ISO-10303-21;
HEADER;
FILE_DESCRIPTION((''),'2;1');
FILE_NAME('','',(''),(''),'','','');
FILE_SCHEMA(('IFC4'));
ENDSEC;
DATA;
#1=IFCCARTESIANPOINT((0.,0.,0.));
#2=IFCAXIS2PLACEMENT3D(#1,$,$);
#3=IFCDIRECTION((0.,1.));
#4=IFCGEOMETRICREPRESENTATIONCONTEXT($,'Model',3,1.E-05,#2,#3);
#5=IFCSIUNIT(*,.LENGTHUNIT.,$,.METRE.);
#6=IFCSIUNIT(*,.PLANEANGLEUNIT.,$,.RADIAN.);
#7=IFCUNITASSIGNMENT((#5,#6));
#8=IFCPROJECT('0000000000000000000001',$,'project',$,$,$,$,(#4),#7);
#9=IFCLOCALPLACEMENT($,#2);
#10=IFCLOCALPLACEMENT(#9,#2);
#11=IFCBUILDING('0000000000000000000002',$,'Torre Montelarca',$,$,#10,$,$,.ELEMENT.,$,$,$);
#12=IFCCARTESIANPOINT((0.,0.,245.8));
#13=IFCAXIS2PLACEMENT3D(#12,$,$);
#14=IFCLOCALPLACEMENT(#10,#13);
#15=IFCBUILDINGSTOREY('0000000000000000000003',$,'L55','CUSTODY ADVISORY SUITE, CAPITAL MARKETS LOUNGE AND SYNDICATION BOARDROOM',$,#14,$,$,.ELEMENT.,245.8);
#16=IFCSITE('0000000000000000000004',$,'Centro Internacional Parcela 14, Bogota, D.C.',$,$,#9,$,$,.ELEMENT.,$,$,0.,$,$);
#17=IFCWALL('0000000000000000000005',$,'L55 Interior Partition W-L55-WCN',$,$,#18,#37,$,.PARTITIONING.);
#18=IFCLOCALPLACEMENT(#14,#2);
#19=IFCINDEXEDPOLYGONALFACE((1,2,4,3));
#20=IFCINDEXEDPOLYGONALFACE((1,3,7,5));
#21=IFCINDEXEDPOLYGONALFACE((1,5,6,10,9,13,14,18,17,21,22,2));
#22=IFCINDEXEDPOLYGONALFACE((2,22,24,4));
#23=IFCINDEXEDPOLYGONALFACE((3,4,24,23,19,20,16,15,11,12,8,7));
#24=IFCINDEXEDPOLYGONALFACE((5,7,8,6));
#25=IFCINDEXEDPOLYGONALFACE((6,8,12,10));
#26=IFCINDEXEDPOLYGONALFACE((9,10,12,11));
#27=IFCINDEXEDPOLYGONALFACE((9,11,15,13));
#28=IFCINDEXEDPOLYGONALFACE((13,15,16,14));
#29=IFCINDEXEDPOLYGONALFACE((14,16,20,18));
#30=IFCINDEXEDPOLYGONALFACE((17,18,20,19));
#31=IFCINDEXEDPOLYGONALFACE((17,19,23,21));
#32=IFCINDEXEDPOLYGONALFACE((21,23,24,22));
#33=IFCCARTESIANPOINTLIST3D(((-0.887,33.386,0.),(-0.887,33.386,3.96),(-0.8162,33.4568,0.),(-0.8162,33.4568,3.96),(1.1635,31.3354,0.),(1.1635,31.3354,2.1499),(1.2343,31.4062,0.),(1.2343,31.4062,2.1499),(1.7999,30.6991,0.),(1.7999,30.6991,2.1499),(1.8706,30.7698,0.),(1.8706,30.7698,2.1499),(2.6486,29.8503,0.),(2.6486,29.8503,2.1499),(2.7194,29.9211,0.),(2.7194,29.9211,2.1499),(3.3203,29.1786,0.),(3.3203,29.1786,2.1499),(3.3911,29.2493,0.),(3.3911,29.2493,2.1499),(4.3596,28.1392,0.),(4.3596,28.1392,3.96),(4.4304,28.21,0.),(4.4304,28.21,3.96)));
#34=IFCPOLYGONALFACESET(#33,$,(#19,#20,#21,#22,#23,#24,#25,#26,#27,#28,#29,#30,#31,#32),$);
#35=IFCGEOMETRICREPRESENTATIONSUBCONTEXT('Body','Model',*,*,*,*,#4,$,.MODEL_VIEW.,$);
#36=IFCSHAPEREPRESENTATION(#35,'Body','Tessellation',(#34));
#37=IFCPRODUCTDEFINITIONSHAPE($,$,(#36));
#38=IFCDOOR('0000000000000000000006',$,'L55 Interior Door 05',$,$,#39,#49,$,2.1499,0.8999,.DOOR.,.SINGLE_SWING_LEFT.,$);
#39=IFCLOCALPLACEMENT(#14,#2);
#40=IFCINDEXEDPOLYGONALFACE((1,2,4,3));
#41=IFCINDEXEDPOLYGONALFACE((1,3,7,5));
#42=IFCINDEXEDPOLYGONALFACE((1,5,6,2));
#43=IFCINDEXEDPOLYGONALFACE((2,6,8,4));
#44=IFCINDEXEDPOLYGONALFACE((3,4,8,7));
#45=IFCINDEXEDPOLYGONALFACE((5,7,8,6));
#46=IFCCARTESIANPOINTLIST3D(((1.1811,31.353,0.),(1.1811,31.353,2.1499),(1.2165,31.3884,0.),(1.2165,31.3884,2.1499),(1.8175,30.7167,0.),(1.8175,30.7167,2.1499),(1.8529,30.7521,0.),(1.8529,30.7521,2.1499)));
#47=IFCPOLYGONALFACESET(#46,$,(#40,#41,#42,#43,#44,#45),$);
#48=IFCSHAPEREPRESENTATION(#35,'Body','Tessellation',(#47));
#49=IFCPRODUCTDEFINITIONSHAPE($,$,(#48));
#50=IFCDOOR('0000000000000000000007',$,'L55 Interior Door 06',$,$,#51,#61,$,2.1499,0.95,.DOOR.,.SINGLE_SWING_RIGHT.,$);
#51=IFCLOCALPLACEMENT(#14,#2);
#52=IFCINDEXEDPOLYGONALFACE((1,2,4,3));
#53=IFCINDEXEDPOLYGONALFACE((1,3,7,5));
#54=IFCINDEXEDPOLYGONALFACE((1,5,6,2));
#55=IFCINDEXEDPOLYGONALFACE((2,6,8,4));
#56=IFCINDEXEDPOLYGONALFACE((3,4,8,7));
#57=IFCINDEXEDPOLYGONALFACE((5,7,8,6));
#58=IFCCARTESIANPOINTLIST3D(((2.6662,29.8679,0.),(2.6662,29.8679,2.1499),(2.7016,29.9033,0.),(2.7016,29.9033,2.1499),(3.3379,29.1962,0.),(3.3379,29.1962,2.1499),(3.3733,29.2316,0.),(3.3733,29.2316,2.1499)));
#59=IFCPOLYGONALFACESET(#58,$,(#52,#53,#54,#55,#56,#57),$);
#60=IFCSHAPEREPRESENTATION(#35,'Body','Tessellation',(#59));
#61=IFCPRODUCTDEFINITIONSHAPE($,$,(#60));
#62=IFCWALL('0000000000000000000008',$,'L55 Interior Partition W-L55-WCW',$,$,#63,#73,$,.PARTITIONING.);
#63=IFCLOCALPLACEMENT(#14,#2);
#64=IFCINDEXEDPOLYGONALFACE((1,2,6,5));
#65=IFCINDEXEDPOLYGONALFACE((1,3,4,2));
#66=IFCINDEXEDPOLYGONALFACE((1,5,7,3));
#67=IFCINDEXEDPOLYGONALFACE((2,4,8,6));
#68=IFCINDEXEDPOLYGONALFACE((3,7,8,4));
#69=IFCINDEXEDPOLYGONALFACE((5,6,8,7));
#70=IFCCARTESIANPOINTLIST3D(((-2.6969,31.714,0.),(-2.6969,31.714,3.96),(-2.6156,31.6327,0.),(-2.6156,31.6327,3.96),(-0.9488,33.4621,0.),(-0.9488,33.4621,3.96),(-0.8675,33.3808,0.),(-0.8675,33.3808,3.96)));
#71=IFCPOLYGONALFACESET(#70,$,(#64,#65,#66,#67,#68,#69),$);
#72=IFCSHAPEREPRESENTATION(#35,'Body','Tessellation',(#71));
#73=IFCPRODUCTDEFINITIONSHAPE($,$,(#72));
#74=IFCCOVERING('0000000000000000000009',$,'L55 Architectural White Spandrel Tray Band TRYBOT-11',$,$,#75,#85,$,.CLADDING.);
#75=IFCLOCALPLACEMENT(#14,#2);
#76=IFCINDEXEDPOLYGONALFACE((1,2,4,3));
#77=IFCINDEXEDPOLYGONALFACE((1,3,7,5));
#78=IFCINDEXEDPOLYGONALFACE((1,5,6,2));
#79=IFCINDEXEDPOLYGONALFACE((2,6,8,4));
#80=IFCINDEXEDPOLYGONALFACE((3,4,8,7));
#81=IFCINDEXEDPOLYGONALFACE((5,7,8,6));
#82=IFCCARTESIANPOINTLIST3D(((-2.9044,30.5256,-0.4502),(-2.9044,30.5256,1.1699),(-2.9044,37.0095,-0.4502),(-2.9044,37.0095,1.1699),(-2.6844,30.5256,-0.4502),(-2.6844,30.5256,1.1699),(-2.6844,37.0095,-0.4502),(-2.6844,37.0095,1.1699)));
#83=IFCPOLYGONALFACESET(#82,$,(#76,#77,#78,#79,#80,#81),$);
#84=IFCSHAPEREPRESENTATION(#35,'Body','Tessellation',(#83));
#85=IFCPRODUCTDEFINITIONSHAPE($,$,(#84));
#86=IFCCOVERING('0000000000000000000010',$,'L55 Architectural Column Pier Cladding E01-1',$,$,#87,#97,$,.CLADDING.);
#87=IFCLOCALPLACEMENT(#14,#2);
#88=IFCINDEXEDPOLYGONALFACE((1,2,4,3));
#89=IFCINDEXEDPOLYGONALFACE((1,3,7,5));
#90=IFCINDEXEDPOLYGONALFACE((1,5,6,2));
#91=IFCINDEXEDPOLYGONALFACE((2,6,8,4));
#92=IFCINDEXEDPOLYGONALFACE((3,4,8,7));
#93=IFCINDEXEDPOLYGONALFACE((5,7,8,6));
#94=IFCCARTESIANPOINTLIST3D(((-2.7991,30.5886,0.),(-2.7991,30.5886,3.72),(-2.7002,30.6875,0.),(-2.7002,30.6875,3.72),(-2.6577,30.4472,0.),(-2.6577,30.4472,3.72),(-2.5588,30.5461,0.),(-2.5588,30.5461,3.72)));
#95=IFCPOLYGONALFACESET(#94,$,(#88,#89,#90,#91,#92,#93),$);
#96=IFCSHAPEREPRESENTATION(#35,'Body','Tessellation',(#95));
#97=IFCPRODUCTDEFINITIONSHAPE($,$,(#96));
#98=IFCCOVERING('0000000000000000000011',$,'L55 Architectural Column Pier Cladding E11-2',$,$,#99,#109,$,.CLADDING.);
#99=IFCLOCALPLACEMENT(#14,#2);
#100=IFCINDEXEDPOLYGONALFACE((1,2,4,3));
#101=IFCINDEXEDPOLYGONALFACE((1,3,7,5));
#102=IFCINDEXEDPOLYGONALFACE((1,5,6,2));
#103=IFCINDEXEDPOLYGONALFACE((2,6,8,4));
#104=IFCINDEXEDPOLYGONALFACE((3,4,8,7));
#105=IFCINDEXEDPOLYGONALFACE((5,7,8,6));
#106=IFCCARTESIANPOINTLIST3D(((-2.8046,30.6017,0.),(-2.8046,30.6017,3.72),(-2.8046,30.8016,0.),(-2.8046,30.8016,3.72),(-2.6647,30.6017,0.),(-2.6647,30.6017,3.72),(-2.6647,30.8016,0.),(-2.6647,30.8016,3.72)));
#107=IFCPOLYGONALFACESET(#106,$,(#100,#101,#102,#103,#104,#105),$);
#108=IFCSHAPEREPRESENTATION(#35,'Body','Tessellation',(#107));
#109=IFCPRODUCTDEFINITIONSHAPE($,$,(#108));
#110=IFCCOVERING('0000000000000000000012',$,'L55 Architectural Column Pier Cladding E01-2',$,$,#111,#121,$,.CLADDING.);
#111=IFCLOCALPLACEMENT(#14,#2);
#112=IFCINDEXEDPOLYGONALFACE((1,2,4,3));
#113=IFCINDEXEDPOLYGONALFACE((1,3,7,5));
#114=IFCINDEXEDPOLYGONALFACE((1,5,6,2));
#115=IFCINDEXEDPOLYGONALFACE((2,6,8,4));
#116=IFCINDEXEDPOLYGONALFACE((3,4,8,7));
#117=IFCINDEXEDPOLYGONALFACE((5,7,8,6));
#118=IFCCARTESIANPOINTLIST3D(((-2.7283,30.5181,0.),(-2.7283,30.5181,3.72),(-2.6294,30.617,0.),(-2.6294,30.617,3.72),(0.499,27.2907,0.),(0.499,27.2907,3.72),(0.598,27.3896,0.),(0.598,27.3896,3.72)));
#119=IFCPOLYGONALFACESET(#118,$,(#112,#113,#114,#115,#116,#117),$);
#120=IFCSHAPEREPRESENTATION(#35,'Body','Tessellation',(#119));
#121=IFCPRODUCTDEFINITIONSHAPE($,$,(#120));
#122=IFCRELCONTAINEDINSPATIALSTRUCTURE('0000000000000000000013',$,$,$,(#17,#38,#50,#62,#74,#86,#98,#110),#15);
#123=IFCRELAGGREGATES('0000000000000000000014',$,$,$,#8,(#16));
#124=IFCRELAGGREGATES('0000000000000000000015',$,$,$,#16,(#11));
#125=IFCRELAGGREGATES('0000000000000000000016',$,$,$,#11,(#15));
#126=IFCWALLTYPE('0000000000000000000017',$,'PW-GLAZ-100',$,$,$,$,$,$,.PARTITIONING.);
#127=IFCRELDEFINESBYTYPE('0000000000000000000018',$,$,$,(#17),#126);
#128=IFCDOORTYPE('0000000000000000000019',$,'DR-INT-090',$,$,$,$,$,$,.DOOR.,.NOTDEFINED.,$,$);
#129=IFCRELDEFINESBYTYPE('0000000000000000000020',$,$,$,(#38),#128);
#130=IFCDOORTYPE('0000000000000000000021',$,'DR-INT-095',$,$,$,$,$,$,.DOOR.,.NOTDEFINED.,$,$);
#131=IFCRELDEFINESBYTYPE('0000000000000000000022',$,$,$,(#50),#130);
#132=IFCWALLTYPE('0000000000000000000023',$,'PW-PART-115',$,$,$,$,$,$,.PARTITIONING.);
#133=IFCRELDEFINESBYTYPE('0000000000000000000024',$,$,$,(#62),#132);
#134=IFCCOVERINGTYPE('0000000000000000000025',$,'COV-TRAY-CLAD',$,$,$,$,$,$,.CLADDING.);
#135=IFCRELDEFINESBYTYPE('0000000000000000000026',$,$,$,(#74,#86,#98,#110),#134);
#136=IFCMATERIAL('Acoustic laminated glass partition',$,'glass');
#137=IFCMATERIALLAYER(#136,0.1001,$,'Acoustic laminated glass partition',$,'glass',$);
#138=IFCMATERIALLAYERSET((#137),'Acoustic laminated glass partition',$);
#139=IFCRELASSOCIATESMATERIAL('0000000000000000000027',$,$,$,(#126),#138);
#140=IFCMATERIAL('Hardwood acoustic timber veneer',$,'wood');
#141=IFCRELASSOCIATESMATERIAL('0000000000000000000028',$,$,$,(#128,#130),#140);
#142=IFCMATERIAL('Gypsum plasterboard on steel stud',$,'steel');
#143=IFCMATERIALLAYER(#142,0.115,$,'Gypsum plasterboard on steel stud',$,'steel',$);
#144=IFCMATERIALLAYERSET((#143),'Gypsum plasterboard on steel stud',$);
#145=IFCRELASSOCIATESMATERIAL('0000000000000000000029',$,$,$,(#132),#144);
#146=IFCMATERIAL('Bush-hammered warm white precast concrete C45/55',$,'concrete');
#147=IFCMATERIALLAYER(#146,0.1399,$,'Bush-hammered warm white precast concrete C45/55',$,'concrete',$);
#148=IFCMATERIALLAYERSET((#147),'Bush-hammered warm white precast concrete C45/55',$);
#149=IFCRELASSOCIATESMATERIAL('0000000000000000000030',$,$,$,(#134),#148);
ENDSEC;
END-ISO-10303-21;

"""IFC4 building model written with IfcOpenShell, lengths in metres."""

from ifc_helpers import new_model, si_unit, direction, frame, frame_2d, origin, origin_2d, place, context, subcontext, project, spatial, rectangle, extrude, source, transform, mapped, material, layer, layer_set, type_object, element, fill, save


model = new_model("IFC4")

# Units and contexts
model_context = context("Model", 3, precision=1e-05, world=origin(), true_north=direction((0.0, 1.0)))
body_context = subcontext(model_context, "Body", "Model", "MODEL_VIEW")
ifc_project = project(units=[si_unit("LENGTHUNIT", "METRE"), si_unit("PLANEANGLEUNIT", "RADIAN")], contexts=[model_context])

# Site, building, storey
site_placement = place(None, origin())
site = spatial("IfcSite", under=ifc_project, at=site_placement, Name="Centro Internacional Parcela 14, Bogota, D.C.", CompositionType="ELEMENT", RefElevation=0.0)
building_placement = place(site_placement, origin())
building = spatial("IfcBuilding", under=site, at=building_placement, Name="Torre Montelarca", CompositionType="ELEMENT")
storey_placement = place(building_placement, frame((0.0, 0.0, 245.8)))
storey = spatial("IfcBuildingStorey", under=building, at=storey_placement, Name="L55", Description="CUSTODY ADVISORY SUITE, CAPITAL MARKETS LOUNGE AND SYNDICATION BOARDROOM", CompositionType="ELEMENT", Elevation=245.8)

# Shared definitions
ifc_material_1 = material(Name="Gypsum plasterboard on steel stud", Category="steel")

# Wall, openings, doors
ifc_material_2 = material(Name="Acoustic laminated glass partition", Category="glass")
ifc_layer_1 = layer(ifc_material_2, 0.1001, Name="Acoustic laminated glass partition", Category="glass")
ifc_layer_set_1 = layer_set([ifc_layer_1], Name="Acoustic laminated glass partition")
wall_type_1 = type_object("IfcWallType", Name="PW-GLAZ-100", PredefinedType="PARTITIONING", material=ifc_layer_set_1)
wall_1_placement = place(storey_placement, frame((-0.8516, 33.4214, 0.0), z_axis=(0.0, 0.0, 1.0), x_axis=(0.70709, -0.707123, 0.0)))
wall_1 = element("IfcWall", 1, at=wall_1_placement, inside=storey, type_object=wall_type_1, Name="L55 Interior Partition W-L55-WCN", PredefinedType="PARTITIONING", context=body_context, shape_type="SweptSolid", body=[
    extrude(rectangle(XDim=7.4199, YDim=0.1001, at=frame_2d((3.71, 0.0))), origin(), (0.0, 0.0, 1.0), 3.96),
])
opening_1_placement = place(wall_1_placement, frame((2.8999, 0.0, 0.0)))
opening_1 = element("IfcOpeningElement", 2, at=opening_1_placement, cuts=wall_1, PredefinedType="OPENING", context=body_context, shape_type="SweptSolid", body=[
    extrude(rectangle(XDim=0.8999, YDim=2.1499, at=frame_2d((0.45, 1.075))), frame((0.0, 0.0601, 0.0), z_axis=(0.0, -1.0, 0.0), x_axis=(1.0, 0.0, 0.0)), (0.0, 0.0, 1.0), 0.1201),
])
opening_2_placement = place(wall_1_placement, frame((5.0, 0.0, 0.0)))
opening_2 = element("IfcOpeningElement", 3, at=opening_2_placement, cuts=wall_1, PredefinedType="OPENING", context=body_context, shape_type="SweptSolid", body=[
    extrude(rectangle(XDim=0.95, YDim=2.1499, at=frame_2d((0.4751, 1.075))), frame((0.0, 0.0601, 0.0), z_axis=(0.0, -1.0, 0.0), x_axis=(1.0, 0.0, 0.0)), (0.0, 0.0, 1.0), 0.1201),
])
ifc_material_3 = material(Name="Hardwood acoustic timber veneer", Category="wood")
door_type_1 = type_object("IfcDoorType", Name="DR-INT-090", OperationType="NOTDEFINED", PredefinedType="DOOR", material=ifc_material_3)
shared_shape_1 = source(origin(), body_context, "Body", "SweptSolid", [
    extrude(rectangle(XDim=0.8999, YDim=2.1499, at=frame_2d((0.45, 1.075))), frame((0.0, 0.0249, 0.0), z_axis=(0.0, -1.0, 0.0), x_axis=(1.0, 0.0, 0.0)), (0.0, 0.0, 1.0), 0.05),
])
door_1_placement = place(opening_1_placement, origin())
door_1 = element("IfcDoor", 4, at=door_1_placement, inside=storey, type_object=door_type_1, Name="L55 Interior Door 05", OperationType="SINGLE_SWING_LEFT", OverallHeight=2.1499, OverallWidth=0.8999, PredefinedType="DOOR", context=body_context, shape_type="MappedRepresentation", body=[
    mapped(shared_shape_1, transform((0.0, 0.0, 0.0), scale=1.0)),
])
fill(opening_1, door_1)
door_type_2 = type_object("IfcDoorType", Name="DR-INT-095", OperationType="NOTDEFINED", PredefinedType="DOOR", material=ifc_material_3)
shared_shape_2 = source(origin(), body_context, "Body", "SweptSolid", [
    extrude(rectangle(XDim=0.95, YDim=2.1499, at=frame_2d((0.4751, 1.075))), frame((0.0, 0.0249, 0.0), z_axis=(0.0, -1.0, 0.0), x_axis=(1.0, 0.0, 0.0)), (0.0, 0.0, 1.0), 0.05),
])
door_2_placement = place(opening_2_placement, origin())
door_2 = element("IfcDoor", 5, at=door_2_placement, inside=storey, type_object=door_type_2, Name="L55 Interior Door 06", OperationType="SINGLE_SWING_RIGHT", OverallHeight=2.1499, OverallWidth=0.95, PredefinedType="DOOR", context=body_context, shape_type="MappedRepresentation", body=[
    mapped(shared_shape_2, transform((0.0, 0.0, 0.0), scale=1.0)),
])
fill(opening_2, door_2)

# Wall
ifc_layer_2 = layer(ifc_material_1, 0.115, Name="Gypsum plasterboard on steel stud", Category="steel")
ifc_layer_set_2 = layer_set([ifc_layer_2], Name="Gypsum plasterboard on steel stud")
wall_type_2 = type_object("IfcWallType", Name="PW-PART-115", PredefinedType="PARTITIONING", material=ifc_layer_set_2)
wall_2_placement = place(storey_placement, frame((-2.6562, 31.6733, 0.0), z_axis=(0.0, 0.0, 1.0), x_axis=(0.707107, 0.707107, 0.0)))
element("IfcWall", 6, at=wall_2_placement, inside=storey, type_object=wall_type_2, Name="L55 Interior Partition W-L55-WCW", PredefinedType="PARTITIONING", context=body_context, shape_type="SweptSolid", body=[
    extrude(rectangle(XDim=2.4722, YDim=0.115, at=frame_2d((1.2361, 0.0))), origin(), (0.0, 0.0, 1.0), 3.96),
])

# Coverings
ifc_material_4 = material(Name="Bush-hammered warm white precast concrete C45/55", Category="concrete")
ifc_layer_3 = layer(ifc_material_4, 0.1399, Name="Bush-hammered warm white precast concrete C45/55", Category="concrete")
ifc_layer_set_3 = layer_set([ifc_layer_3], Name="Bush-hammered warm white precast concrete C45/55")
covering_type = type_object("IfcCoveringType", Name="COV-TRAY-CLAD", PredefinedType="CLADDING", material=ifc_layer_set_3)
shared_shape_3 = source(origin(), body_context, "Body", "SweptSolid", [
    extrude(rectangle(XDim=6.4839, YDim=0.22, at=origin_2d()), origin(), (0.0, 0.0, 1.0), 1.6201),
])
covering_1_placement = place(storey_placement, frame((-2.7944, 33.7676, -0.4502), z_axis=(0.0, 0.0, 1.0), x_axis=(0.0, -1.0, 0.0)))
element("IfcCovering", 7, at=covering_1_placement, inside=storey, type_object=covering_type, Name="L55 Architectural White Spandrel Tray Band TRYBOT-11", PredefinedType="CLADDING", context=body_context, shape_type="MappedRepresentation", body=[
    mapped(shared_shape_3, transform((0.0, 0.0, 0.0), scale=1.0)),
])
shared_shape_4 = source(origin(), body_context, "Body", "SweptSolid", [
    extrude(rectangle(XDim=0.2, YDim=0.1399, at=origin_2d()), origin(), (0.0, 0.0, 1.0), 3.72),
])
for number, where, z_axis, x_axis, name in (
    (8, (-2.679, 30.5674, 0.0), (0.0, 0.0, 1.0), (0.707107, -0.707107, 0.0), "L55 Architectural Column Pier Cladding E01-1"),
    (9, (-2.7346, 30.7017, 0.0), (0.0, 0.0, 1.0), (0.0, -1.0, 0.0), "L55 Architectural Column Pier Cladding E11-2"),
):
    element("IfcCovering", number, at=place(storey_placement, frame(where, z_axis=z_axis, x_axis=x_axis)), inside=storey, type_object=covering_type, Name=name, PredefinedType="CLADDING", context=body_context, shape_type="MappedRepresentation", body=[
        mapped(shared_shape_4, transform((0.0, 0.0, 0.0), scale=1.0)),
    ])
shared_shape_5 = source(origin(), body_context, "Body", "SweptSolid", [
    extrude(rectangle(XDim=4.5642, YDim=0.1399, at=origin_2d()), origin(), (0.0, 0.0, 1.0), 3.72),
])
covering_2_placement = place(storey_placement, frame((-1.0652, 28.9539, 0.0), z_axis=(0.0, 0.0, 1.0), x_axis=(0.707107, -0.707107, 0.0)))
element("IfcCovering", 10, at=covering_2_placement, inside=storey, type_object=covering_type, Name="L55 Architectural Column Pier Cladding E01-2", PredefinedType="CLADDING", context=body_context, shape_type="MappedRepresentation", body=[
    mapped(shared_shape_5, transform((0.0, 0.0, 0.0), scale=1.0)),
])

save(model, "model.ifc")
